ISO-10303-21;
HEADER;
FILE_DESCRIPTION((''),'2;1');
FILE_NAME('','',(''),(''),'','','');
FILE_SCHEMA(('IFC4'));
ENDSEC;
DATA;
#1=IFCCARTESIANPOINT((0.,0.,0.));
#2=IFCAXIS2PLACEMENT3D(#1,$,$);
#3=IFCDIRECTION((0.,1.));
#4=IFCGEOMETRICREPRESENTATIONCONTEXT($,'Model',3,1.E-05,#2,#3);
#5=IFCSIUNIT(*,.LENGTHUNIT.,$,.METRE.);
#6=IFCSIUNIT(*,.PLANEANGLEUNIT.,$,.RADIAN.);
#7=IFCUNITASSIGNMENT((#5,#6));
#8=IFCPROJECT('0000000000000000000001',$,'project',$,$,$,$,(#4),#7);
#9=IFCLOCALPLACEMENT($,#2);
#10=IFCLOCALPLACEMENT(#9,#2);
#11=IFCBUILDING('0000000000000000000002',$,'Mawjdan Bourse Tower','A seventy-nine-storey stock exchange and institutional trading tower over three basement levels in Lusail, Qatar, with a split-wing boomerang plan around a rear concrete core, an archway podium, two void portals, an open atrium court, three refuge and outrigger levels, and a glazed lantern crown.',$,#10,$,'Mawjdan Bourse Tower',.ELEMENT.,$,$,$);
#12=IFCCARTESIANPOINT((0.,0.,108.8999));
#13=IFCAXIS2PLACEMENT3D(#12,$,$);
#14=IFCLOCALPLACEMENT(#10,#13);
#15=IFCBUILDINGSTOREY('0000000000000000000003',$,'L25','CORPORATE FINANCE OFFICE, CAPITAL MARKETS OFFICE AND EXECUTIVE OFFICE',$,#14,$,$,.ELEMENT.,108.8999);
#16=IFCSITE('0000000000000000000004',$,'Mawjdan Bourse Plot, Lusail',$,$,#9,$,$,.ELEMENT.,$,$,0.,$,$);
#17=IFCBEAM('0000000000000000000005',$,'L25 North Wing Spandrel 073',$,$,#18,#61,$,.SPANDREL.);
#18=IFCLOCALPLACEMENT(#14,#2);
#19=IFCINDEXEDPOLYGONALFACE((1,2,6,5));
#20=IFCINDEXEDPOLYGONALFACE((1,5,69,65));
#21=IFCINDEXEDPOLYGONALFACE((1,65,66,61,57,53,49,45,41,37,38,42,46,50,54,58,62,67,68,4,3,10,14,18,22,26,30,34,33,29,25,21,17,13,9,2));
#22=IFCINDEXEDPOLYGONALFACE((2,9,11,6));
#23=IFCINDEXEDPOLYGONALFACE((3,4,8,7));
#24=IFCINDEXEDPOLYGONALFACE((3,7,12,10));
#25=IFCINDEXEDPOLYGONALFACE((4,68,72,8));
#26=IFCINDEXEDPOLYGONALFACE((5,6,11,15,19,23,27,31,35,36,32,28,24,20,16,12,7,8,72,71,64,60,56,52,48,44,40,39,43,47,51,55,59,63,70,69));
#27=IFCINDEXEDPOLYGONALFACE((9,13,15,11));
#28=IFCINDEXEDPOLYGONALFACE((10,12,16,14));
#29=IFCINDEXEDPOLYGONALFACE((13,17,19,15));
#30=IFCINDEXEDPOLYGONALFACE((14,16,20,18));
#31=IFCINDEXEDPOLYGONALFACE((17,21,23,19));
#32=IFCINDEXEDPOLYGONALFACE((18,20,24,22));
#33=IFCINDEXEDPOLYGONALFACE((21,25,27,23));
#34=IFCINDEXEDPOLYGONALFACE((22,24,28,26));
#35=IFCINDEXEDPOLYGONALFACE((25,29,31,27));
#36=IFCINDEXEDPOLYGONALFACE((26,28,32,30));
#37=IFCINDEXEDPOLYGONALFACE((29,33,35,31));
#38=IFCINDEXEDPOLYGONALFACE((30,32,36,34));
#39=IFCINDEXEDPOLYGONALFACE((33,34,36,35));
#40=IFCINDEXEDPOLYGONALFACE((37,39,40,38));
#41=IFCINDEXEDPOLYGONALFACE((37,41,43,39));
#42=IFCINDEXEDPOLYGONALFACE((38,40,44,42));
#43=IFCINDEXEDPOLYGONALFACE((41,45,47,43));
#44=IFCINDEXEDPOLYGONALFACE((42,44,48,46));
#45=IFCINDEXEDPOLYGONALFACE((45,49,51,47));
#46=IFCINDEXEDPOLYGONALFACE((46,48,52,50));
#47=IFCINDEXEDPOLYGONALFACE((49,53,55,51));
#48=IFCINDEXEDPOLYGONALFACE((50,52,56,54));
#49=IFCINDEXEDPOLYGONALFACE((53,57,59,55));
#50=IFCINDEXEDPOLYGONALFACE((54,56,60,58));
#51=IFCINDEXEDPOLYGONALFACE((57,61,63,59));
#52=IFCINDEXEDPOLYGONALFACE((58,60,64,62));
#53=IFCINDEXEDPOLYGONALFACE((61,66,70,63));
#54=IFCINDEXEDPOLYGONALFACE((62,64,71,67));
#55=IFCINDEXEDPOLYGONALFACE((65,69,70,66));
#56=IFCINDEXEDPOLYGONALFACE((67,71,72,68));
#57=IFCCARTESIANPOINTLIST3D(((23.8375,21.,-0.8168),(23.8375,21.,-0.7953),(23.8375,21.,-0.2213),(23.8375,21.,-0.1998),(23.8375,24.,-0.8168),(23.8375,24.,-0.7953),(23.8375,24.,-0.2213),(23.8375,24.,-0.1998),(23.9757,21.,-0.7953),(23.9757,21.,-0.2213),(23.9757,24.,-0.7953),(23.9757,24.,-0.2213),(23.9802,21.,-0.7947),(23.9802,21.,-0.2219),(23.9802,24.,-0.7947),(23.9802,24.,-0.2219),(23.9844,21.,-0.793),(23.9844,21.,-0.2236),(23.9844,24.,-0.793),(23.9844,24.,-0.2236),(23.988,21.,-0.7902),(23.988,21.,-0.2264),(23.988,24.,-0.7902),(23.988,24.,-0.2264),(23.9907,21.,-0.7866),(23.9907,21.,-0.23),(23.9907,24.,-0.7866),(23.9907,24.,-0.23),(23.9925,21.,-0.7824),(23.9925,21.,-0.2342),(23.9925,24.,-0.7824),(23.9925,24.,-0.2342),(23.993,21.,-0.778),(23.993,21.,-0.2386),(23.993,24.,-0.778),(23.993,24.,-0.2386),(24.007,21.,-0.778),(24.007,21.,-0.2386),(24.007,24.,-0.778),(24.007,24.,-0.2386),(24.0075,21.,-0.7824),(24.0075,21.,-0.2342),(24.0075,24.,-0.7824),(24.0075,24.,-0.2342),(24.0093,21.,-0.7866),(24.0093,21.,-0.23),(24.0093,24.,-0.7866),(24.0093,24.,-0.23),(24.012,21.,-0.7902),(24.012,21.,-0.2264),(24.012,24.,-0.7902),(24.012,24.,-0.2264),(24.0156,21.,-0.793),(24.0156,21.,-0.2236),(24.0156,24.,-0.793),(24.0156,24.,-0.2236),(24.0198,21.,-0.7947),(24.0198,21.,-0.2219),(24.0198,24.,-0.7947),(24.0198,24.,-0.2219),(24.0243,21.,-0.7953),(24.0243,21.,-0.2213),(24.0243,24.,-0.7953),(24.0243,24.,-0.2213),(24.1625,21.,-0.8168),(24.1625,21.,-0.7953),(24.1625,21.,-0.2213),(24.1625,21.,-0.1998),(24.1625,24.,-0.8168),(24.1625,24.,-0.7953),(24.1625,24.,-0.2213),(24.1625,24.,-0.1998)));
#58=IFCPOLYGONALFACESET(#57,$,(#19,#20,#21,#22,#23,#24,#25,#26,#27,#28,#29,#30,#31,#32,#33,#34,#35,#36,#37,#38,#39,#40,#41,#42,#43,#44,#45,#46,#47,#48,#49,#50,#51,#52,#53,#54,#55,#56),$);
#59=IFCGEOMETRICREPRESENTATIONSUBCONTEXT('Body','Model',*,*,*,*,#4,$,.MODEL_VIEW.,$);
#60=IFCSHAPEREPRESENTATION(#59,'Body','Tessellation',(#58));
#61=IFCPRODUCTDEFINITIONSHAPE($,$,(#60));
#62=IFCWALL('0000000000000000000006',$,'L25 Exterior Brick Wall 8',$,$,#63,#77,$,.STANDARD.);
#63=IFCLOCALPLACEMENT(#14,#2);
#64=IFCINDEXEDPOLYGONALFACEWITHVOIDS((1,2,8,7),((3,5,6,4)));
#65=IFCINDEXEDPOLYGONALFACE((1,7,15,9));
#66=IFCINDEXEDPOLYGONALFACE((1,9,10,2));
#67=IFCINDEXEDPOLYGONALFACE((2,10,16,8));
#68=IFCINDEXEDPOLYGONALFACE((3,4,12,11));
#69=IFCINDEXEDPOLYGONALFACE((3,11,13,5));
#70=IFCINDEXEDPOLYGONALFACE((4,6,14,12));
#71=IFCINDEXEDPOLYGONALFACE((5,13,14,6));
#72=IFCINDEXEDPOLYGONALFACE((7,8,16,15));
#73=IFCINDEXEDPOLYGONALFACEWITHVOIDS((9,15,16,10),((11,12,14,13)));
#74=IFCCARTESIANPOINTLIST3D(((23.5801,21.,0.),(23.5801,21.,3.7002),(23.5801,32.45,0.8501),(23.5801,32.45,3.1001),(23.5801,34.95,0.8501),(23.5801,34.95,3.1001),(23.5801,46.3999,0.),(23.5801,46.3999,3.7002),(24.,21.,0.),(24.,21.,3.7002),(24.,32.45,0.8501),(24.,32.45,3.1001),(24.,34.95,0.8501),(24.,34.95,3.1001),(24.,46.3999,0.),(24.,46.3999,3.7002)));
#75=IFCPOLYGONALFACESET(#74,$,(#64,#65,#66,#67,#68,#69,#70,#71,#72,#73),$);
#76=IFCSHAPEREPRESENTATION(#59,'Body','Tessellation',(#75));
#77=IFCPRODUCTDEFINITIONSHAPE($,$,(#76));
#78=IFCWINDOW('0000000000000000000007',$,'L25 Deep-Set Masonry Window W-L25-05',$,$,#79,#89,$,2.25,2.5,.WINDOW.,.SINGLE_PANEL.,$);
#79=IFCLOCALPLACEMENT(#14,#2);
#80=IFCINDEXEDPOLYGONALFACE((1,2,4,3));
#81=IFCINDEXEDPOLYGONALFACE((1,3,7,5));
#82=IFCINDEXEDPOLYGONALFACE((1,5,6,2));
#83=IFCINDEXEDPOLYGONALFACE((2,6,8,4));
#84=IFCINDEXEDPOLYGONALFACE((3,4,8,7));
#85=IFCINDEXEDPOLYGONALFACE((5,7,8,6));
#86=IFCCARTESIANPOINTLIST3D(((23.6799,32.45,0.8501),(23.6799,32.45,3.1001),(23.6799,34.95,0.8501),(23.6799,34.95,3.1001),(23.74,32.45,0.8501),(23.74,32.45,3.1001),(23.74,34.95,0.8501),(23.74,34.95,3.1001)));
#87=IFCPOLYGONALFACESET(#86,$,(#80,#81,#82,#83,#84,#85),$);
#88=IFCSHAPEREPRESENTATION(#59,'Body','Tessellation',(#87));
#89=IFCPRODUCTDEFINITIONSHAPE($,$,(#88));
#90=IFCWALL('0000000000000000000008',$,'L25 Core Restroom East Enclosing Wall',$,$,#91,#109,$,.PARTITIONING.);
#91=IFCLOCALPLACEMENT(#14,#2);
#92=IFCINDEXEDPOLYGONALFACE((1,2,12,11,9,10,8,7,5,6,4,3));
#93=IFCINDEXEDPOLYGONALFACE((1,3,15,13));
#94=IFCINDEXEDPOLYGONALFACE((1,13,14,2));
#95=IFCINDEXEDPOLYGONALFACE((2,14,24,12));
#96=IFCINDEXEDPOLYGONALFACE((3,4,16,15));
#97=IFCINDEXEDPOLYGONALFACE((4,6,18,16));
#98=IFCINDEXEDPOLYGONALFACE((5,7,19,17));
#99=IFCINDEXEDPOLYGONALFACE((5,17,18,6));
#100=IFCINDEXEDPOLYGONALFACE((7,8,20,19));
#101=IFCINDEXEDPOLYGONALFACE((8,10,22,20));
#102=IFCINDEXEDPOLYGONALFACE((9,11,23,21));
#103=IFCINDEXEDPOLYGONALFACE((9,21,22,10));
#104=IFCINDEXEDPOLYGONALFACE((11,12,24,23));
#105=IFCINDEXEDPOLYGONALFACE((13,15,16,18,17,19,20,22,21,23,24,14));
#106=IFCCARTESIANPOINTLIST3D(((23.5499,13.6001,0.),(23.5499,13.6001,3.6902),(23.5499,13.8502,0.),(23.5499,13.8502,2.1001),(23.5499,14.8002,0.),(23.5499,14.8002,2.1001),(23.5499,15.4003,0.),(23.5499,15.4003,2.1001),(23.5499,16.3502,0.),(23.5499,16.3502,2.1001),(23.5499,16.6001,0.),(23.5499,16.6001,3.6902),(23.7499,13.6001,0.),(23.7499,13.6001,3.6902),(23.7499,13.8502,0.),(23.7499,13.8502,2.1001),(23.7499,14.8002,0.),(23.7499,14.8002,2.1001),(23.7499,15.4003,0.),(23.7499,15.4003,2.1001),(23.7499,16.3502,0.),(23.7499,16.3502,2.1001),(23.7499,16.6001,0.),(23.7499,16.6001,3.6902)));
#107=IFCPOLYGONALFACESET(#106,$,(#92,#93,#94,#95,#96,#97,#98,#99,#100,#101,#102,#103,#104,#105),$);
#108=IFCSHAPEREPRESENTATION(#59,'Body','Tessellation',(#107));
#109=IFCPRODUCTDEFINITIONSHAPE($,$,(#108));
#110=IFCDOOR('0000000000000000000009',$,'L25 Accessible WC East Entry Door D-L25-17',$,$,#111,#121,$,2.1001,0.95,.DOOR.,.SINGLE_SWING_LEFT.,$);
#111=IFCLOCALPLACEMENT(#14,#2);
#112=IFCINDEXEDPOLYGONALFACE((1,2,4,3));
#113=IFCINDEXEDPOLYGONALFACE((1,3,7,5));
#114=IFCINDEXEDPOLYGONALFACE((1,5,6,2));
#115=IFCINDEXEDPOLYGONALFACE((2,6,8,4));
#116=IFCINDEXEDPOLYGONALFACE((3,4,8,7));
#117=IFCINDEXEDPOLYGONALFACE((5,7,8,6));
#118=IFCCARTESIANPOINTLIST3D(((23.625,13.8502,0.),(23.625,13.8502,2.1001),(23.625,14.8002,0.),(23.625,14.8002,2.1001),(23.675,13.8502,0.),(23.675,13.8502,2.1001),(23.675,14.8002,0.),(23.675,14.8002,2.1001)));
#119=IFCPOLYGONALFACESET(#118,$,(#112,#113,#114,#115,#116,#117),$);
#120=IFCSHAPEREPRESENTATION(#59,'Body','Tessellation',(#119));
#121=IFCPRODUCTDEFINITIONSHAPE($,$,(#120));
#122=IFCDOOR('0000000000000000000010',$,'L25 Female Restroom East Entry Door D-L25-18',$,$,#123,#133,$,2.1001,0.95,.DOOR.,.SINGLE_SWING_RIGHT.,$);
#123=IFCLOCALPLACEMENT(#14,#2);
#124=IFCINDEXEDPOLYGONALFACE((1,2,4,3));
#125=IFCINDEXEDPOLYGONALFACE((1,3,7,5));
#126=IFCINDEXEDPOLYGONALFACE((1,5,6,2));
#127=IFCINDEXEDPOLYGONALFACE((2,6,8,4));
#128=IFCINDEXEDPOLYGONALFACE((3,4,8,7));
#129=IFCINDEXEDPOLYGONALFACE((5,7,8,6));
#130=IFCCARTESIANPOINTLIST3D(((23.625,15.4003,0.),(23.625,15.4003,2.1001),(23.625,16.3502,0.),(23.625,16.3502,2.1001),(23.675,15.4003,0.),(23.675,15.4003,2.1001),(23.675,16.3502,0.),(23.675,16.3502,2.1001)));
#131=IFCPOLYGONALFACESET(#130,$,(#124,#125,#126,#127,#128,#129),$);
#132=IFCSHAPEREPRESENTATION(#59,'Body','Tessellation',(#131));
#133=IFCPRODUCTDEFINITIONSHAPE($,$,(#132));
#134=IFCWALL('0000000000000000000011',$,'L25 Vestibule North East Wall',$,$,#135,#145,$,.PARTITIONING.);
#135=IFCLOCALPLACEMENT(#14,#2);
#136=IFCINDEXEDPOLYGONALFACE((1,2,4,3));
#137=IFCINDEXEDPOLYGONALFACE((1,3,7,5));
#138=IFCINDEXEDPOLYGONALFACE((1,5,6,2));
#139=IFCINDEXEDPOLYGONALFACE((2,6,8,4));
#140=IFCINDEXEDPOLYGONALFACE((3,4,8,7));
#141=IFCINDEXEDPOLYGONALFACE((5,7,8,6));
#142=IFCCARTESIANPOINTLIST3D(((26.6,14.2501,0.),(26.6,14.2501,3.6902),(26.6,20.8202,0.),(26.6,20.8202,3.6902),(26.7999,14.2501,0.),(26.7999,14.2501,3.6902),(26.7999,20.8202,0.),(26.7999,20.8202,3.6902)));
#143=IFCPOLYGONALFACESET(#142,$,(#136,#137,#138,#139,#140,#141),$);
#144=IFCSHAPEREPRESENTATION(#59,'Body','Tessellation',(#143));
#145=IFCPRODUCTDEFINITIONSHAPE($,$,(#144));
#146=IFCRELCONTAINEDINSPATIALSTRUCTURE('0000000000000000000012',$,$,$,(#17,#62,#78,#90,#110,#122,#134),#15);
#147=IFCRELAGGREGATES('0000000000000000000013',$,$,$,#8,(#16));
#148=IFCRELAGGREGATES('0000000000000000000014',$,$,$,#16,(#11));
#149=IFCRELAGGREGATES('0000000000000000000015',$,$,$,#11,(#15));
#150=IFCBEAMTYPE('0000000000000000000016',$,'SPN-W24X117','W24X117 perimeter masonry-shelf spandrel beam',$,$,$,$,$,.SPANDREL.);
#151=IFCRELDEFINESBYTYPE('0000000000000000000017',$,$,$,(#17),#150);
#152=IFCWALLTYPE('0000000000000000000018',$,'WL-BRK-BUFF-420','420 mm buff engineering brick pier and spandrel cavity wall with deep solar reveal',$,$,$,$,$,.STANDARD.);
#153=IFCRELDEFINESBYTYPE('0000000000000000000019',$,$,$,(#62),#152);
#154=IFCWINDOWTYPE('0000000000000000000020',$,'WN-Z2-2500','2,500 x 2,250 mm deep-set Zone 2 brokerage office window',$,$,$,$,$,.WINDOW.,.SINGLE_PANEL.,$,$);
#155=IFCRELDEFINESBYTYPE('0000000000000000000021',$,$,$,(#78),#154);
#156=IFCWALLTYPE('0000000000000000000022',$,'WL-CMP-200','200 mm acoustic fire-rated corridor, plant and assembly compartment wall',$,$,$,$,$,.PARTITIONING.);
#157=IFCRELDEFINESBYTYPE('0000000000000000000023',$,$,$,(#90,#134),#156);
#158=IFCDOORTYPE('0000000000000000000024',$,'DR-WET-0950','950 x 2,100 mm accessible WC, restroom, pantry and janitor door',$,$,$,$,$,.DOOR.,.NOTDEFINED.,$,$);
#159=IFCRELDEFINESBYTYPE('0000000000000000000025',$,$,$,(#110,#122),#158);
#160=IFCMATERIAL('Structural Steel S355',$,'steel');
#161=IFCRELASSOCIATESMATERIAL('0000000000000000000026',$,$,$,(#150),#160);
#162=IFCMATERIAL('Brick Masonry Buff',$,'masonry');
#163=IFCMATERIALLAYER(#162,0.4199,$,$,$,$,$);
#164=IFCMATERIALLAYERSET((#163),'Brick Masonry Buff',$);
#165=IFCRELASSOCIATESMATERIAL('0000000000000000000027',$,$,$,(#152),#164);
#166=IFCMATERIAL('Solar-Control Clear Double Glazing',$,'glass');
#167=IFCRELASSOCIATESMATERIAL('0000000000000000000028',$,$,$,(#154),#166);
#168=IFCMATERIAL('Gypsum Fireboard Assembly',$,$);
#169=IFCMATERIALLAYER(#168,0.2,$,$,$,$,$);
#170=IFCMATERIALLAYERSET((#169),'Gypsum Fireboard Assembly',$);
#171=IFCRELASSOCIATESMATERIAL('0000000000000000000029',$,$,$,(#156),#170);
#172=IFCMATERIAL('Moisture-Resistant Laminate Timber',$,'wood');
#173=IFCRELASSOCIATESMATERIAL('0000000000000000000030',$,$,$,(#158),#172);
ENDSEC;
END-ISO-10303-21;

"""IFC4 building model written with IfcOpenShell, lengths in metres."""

from ifc_helpers import new_model, si_unit, direction, frame, frame_2d, origin, origin_2d, place, context, subcontext, project, spatial, rectangle, i_section, extrude, material, layer, layer_set, material_profile, profile_set, type_object, element, fill, save


model = new_model("IFC4")

# Units and contexts
model_context = context("Model", 3, precision=1e-05, world=origin(), true_north=direction((0.0, 1.0)))
body_context = subcontext(model_context, "Body", "Model", "MODEL_VIEW")
ifc_project = project(units=[si_unit("LENGTHUNIT", "METRE"), si_unit("PLANEANGLEUNIT", "RADIAN")], contexts=[model_context])

# Site, building, storey
site_placement = place(None, origin())
site = spatial("IfcSite", under=ifc_project, at=site_placement, Name="Mawjdan Bourse Plot, Lusail", CompositionType="ELEMENT", RefElevation=0.0)
building_placement = place(site_placement, origin())
building = spatial("IfcBuilding", under=site, at=building_placement, Name="Mawjdan Bourse Tower", Description="A seventy-nine-storey stock exchange and institutional trading tower over three basement levels in Lusail, Qatar, with a split-wing boomerang plan around a rear concrete core, an archway podium, two void portals, an open atrium court, three refuge and outrigger levels, and a glazed lantern crown.", LongName="Mawjdan Bourse Tower", CompositionType="ELEMENT")
storey_placement = place(building_placement, frame((0.0, 0.0, 108.8999)))
storey = spatial("IfcBuildingStorey", under=building, at=storey_placement, Name="L25", Description="CORPORATE FINANCE OFFICE, CAPITAL MARKETS OFFICE AND EXECUTIVE OFFICE", CompositionType="ELEMENT", Elevation=108.8999)

# Beam
ifc_material_1 = material(Name="Structural Steel S355", Category="steel")
ifc_material_profile_1 = material_profile(ifc_material_1, i_section(OverallWidth=0.325, OverallDepth=0.6169, WebThickness=0.0139, FlangeThickness=0.0215, FilletRadius=0.0173, at=origin_2d()), Name="W24X117")
ifc_profile_set_1 = profile_set([ifc_material_profile_1], Name="Structural Steel S355")
beam_type_1 = type_object("IfcBeamType", Name="SPN-W24X117", Description="W24X117 perimeter masonry-shelf spandrel beam", PredefinedType="SPANDREL", material=ifc_profile_set_1)
beam_1_placement = place(storey_placement, frame((24.0, 21.0, -0.5083), z_axis=(0.0, 1.0, 0.0), x_axis=(-1.0, 0.0, 0.0)))
element("IfcBeam", 1, at=beam_1_placement, inside=storey, type_object=beam_type_1, Name="L25 North Wing Spandrel 073", PredefinedType="SPANDREL", context=body_context, shape_type="SweptSolid", body=[
    extrude(i_section(OverallWidth=0.325, OverallDepth=0.6169, WebThickness=0.0139, FlangeThickness=0.0215, FilletRadius=0.0173, at=origin_2d()), origin(), (0.0, 0.0, 1.0), 3.0),
])

# Wall, opening, window
ifc_material_2 = material(Name="Brick Masonry Buff", Category="masonry")
ifc_layer_1 = layer(ifc_material_2, 0.4199)
ifc_layer_set_1 = layer_set([ifc_layer_1], Name="Brick Masonry Buff")
wall_type_1 = type_object("IfcWallType", Name="WL-BRK-BUFF-420", Description="420 mm buff engineering brick pier and spandrel cavity wall with deep solar reveal", PredefinedType="STANDARD", material=ifc_layer_set_1)
wall_1_placement = place(storey_placement, frame((23.79, 21.0, 0.0), z_axis=(0.0, 0.0, 1.0), x_axis=(0.0, 1.0, 0.0)))
wall_1 = element("IfcWall", 2, at=wall_1_placement, inside=storey, type_object=wall_type_1, Name="L25 Exterior Brick Wall 8", PredefinedType="STANDARD", context=body_context, shape_type="SweptSolid", body=[
    extrude(rectangle(XDim=25.3999, YDim=0.4199, at=frame_2d((12.7, 0.0))), origin(), (0.0, 0.0, 1.0), 3.7002),
])
opening_1_placement = place(wall_1_placement, frame((11.45, 0.0, 0.8501)))
opening_1 = element("IfcOpeningElement", 3, at=opening_1_placement, cuts=wall_1, PredefinedType="OPENING", context=body_context, shape_type="SweptSolid", body=[
    extrude(rectangle(XDim=2.5, YDim=2.25, at=frame_2d((1.25, 1.125))), frame((0.0, 0.22, 0.0), z_axis=(0.0, -1.0, 0.0), x_axis=(1.0, 0.0, 0.0)), (0.0, 0.0, 1.0), 0.4399),
])
ifc_material_3 = material(Name="Solar-Control Clear Double Glazing", Category="glass")
window_type = type_object("IfcWindowType", Name="WN-Z2-2500", Description="2,500 x 2,250 mm deep-set Zone 2 brokerage office window", PartitioningType="SINGLE_PANEL", PredefinedType="WINDOW", material=ifc_material_3)
window_placement = place(opening_1_placement, origin())
window = element("IfcWindow", 4, at=window_placement, inside=storey, type_object=window_type, Name="L25 Deep-Set Masonry Window W-L25-05", OverallHeight=2.25, OverallWidth=2.5, PartitioningType="SINGLE_PANEL", PredefinedType="WINDOW", context=body_context, shape_type="SweptSolid", body=[
    extrude(rectangle(XDim=2.5, YDim=2.25, at=frame_2d((1.25, 1.125))), frame((0.0, 0.1101, 0.0), z_axis=(0.0, -1.0, 0.0), x_axis=(1.0, 0.0, 0.0)), (0.0, 0.0, 1.0), 0.0601),
])
fill(opening_1, window)

# Wall, openings, doors
ifc_material_4 = material(Name="Gypsum Fireboard Assembly")
ifc_layer_2 = layer(ifc_material_4, 0.2)
ifc_layer_set_2 = layer_set([ifc_layer_2], Name="Gypsum Fireboard Assembly")
wall_type_2 = type_object("IfcWallType", Name="WL-CMP-200", Description="200 mm acoustic fire-rated corridor, plant and assembly compartment wall", PredefinedType="PARTITIONING", material=ifc_layer_set_2)
wall_2_placement = place(storey_placement, frame((23.6499, 13.6001, 0.0), z_axis=(0.0, 0.0, 1.0), x_axis=(0.0, 1.0, 0.0)))
wall_2 = element("IfcWall", 5, at=wall_2_placement, inside=storey, type_object=wall_type_2, Name="L25 Core Restroom East Enclosing Wall", PredefinedType="PARTITIONING", context=body_context, shape_type="SweptSolid", body=[
    extrude(rectangle(XDim=3.0, YDim=0.2, at=frame_2d((1.5, 0.0))), origin(), (0.0, 0.0, 1.0), 3.6902),
])
opening_2_placement = place(wall_2_placement, frame((0.25, 0.0, 0.0)))
opening_2 = element("IfcOpeningElement", 6, at=opening_2_placement, cuts=wall_2, PredefinedType="OPENING", context=body_context, shape_type="SweptSolid", body=[
    extrude(rectangle(XDim=0.95, YDim=2.1001, at=frame_2d((0.4751, 1.05))), frame((0.0, 0.1099, 0.0), z_axis=(0.0, -1.0, 0.0), x_axis=(1.0, 0.0, 0.0)), (0.0, 0.0, 1.0), 0.22),
])
opening_3_placement = place(wall_2_placement, frame((1.8, 0.0, 0.0)))
opening_3 = element("IfcOpeningElement", 7, at=opening_3_placement, cuts=wall_2, PredefinedType="OPENING", context=body_context, shape_type="SweptSolid", body=[
    extrude(rectangle(XDim=0.95, YDim=2.1001, at=frame_2d((0.4751, 1.05))), frame((0.0, 0.1099, 0.0), z_axis=(0.0, -1.0, 0.0), x_axis=(1.0, 0.0, 0.0)), (0.0, 0.0, 1.0), 0.22),
])
ifc_material_5 = material(Name="Moisture-Resistant Laminate Timber", Category="wood")
door_type_1 = type_object("IfcDoorType", Name="DR-WET-0950", Description="950 x 2,100 mm accessible WC, restroom, pantry and janitor door", OperationType="NOTDEFINED", PredefinedType="DOOR", material=ifc_material_5)
door_1_placement = place(opening_2_placement, origin())
door_1 = element("IfcDoor", 8, at=door_1_placement, inside=storey, type_object=door_type_1, Name="L25 Accessible WC East Entry Door D-L25-17", OperationType="SINGLE_SWING_LEFT", OverallHeight=2.1001, OverallWidth=0.95, PredefinedType="DOOR", context=body_context, shape_type="SweptSolid", body=[
    extrude(rectangle(XDim=0.95, YDim=2.1001, at=frame_2d((0.4751, 1.05))), frame((0.0, 0.0249, 0.0), z_axis=(0.0, -1.0, 0.0), x_axis=(1.0, 0.0, 0.0)), (0.0, 0.0, 1.0), 0.05),
])
fill(opening_2, door_1)
door_2_placement = place(opening_3_placement, origin())
door_2 = element("IfcDoor", 9, at=door_2_placement, inside=storey, type_object=door_type_1, Name="L25 Female Restroom East Entry Door D-L25-18", OperationType="SINGLE_SWING_RIGHT", OverallHeight=2.1001, OverallWidth=0.95, PredefinedType="DOOR", context=body_context, shape_type="SweptSolid", body=[
    extrude(rectangle(XDim=0.95, YDim=2.1001, at=frame_2d((0.4751, 1.05))), frame((0.0, 0.0249, 0.0), z_axis=(0.0, -1.0, 0.0), x_axis=(1.0, 0.0, 0.0)), (0.0, 0.0, 1.0), 0.05),
])
fill(opening_3, door_2)

# Wall
wall_3_placement = place(storey_placement, frame((26.7, 14.25, 0.0), z_axis=(0.0, 0.0, 1.0), x_axis=(0.0, 1.0, 0.0)))
element("IfcWall", 10, at=wall_3_placement, inside=storey, type_object=wall_type_2, Name="L25 Vestibule North East Wall", PredefinedType="PARTITIONING", context=body_context, shape_type="SweptSolid", body=[
    extrude(rectangle(XDim=6.5701, YDim=0.2, at=frame_2d((3.2852, 0.0))), origin(), (0.0, 0.0, 1.0), 3.6902),
])

save(model, "model.ifc")
